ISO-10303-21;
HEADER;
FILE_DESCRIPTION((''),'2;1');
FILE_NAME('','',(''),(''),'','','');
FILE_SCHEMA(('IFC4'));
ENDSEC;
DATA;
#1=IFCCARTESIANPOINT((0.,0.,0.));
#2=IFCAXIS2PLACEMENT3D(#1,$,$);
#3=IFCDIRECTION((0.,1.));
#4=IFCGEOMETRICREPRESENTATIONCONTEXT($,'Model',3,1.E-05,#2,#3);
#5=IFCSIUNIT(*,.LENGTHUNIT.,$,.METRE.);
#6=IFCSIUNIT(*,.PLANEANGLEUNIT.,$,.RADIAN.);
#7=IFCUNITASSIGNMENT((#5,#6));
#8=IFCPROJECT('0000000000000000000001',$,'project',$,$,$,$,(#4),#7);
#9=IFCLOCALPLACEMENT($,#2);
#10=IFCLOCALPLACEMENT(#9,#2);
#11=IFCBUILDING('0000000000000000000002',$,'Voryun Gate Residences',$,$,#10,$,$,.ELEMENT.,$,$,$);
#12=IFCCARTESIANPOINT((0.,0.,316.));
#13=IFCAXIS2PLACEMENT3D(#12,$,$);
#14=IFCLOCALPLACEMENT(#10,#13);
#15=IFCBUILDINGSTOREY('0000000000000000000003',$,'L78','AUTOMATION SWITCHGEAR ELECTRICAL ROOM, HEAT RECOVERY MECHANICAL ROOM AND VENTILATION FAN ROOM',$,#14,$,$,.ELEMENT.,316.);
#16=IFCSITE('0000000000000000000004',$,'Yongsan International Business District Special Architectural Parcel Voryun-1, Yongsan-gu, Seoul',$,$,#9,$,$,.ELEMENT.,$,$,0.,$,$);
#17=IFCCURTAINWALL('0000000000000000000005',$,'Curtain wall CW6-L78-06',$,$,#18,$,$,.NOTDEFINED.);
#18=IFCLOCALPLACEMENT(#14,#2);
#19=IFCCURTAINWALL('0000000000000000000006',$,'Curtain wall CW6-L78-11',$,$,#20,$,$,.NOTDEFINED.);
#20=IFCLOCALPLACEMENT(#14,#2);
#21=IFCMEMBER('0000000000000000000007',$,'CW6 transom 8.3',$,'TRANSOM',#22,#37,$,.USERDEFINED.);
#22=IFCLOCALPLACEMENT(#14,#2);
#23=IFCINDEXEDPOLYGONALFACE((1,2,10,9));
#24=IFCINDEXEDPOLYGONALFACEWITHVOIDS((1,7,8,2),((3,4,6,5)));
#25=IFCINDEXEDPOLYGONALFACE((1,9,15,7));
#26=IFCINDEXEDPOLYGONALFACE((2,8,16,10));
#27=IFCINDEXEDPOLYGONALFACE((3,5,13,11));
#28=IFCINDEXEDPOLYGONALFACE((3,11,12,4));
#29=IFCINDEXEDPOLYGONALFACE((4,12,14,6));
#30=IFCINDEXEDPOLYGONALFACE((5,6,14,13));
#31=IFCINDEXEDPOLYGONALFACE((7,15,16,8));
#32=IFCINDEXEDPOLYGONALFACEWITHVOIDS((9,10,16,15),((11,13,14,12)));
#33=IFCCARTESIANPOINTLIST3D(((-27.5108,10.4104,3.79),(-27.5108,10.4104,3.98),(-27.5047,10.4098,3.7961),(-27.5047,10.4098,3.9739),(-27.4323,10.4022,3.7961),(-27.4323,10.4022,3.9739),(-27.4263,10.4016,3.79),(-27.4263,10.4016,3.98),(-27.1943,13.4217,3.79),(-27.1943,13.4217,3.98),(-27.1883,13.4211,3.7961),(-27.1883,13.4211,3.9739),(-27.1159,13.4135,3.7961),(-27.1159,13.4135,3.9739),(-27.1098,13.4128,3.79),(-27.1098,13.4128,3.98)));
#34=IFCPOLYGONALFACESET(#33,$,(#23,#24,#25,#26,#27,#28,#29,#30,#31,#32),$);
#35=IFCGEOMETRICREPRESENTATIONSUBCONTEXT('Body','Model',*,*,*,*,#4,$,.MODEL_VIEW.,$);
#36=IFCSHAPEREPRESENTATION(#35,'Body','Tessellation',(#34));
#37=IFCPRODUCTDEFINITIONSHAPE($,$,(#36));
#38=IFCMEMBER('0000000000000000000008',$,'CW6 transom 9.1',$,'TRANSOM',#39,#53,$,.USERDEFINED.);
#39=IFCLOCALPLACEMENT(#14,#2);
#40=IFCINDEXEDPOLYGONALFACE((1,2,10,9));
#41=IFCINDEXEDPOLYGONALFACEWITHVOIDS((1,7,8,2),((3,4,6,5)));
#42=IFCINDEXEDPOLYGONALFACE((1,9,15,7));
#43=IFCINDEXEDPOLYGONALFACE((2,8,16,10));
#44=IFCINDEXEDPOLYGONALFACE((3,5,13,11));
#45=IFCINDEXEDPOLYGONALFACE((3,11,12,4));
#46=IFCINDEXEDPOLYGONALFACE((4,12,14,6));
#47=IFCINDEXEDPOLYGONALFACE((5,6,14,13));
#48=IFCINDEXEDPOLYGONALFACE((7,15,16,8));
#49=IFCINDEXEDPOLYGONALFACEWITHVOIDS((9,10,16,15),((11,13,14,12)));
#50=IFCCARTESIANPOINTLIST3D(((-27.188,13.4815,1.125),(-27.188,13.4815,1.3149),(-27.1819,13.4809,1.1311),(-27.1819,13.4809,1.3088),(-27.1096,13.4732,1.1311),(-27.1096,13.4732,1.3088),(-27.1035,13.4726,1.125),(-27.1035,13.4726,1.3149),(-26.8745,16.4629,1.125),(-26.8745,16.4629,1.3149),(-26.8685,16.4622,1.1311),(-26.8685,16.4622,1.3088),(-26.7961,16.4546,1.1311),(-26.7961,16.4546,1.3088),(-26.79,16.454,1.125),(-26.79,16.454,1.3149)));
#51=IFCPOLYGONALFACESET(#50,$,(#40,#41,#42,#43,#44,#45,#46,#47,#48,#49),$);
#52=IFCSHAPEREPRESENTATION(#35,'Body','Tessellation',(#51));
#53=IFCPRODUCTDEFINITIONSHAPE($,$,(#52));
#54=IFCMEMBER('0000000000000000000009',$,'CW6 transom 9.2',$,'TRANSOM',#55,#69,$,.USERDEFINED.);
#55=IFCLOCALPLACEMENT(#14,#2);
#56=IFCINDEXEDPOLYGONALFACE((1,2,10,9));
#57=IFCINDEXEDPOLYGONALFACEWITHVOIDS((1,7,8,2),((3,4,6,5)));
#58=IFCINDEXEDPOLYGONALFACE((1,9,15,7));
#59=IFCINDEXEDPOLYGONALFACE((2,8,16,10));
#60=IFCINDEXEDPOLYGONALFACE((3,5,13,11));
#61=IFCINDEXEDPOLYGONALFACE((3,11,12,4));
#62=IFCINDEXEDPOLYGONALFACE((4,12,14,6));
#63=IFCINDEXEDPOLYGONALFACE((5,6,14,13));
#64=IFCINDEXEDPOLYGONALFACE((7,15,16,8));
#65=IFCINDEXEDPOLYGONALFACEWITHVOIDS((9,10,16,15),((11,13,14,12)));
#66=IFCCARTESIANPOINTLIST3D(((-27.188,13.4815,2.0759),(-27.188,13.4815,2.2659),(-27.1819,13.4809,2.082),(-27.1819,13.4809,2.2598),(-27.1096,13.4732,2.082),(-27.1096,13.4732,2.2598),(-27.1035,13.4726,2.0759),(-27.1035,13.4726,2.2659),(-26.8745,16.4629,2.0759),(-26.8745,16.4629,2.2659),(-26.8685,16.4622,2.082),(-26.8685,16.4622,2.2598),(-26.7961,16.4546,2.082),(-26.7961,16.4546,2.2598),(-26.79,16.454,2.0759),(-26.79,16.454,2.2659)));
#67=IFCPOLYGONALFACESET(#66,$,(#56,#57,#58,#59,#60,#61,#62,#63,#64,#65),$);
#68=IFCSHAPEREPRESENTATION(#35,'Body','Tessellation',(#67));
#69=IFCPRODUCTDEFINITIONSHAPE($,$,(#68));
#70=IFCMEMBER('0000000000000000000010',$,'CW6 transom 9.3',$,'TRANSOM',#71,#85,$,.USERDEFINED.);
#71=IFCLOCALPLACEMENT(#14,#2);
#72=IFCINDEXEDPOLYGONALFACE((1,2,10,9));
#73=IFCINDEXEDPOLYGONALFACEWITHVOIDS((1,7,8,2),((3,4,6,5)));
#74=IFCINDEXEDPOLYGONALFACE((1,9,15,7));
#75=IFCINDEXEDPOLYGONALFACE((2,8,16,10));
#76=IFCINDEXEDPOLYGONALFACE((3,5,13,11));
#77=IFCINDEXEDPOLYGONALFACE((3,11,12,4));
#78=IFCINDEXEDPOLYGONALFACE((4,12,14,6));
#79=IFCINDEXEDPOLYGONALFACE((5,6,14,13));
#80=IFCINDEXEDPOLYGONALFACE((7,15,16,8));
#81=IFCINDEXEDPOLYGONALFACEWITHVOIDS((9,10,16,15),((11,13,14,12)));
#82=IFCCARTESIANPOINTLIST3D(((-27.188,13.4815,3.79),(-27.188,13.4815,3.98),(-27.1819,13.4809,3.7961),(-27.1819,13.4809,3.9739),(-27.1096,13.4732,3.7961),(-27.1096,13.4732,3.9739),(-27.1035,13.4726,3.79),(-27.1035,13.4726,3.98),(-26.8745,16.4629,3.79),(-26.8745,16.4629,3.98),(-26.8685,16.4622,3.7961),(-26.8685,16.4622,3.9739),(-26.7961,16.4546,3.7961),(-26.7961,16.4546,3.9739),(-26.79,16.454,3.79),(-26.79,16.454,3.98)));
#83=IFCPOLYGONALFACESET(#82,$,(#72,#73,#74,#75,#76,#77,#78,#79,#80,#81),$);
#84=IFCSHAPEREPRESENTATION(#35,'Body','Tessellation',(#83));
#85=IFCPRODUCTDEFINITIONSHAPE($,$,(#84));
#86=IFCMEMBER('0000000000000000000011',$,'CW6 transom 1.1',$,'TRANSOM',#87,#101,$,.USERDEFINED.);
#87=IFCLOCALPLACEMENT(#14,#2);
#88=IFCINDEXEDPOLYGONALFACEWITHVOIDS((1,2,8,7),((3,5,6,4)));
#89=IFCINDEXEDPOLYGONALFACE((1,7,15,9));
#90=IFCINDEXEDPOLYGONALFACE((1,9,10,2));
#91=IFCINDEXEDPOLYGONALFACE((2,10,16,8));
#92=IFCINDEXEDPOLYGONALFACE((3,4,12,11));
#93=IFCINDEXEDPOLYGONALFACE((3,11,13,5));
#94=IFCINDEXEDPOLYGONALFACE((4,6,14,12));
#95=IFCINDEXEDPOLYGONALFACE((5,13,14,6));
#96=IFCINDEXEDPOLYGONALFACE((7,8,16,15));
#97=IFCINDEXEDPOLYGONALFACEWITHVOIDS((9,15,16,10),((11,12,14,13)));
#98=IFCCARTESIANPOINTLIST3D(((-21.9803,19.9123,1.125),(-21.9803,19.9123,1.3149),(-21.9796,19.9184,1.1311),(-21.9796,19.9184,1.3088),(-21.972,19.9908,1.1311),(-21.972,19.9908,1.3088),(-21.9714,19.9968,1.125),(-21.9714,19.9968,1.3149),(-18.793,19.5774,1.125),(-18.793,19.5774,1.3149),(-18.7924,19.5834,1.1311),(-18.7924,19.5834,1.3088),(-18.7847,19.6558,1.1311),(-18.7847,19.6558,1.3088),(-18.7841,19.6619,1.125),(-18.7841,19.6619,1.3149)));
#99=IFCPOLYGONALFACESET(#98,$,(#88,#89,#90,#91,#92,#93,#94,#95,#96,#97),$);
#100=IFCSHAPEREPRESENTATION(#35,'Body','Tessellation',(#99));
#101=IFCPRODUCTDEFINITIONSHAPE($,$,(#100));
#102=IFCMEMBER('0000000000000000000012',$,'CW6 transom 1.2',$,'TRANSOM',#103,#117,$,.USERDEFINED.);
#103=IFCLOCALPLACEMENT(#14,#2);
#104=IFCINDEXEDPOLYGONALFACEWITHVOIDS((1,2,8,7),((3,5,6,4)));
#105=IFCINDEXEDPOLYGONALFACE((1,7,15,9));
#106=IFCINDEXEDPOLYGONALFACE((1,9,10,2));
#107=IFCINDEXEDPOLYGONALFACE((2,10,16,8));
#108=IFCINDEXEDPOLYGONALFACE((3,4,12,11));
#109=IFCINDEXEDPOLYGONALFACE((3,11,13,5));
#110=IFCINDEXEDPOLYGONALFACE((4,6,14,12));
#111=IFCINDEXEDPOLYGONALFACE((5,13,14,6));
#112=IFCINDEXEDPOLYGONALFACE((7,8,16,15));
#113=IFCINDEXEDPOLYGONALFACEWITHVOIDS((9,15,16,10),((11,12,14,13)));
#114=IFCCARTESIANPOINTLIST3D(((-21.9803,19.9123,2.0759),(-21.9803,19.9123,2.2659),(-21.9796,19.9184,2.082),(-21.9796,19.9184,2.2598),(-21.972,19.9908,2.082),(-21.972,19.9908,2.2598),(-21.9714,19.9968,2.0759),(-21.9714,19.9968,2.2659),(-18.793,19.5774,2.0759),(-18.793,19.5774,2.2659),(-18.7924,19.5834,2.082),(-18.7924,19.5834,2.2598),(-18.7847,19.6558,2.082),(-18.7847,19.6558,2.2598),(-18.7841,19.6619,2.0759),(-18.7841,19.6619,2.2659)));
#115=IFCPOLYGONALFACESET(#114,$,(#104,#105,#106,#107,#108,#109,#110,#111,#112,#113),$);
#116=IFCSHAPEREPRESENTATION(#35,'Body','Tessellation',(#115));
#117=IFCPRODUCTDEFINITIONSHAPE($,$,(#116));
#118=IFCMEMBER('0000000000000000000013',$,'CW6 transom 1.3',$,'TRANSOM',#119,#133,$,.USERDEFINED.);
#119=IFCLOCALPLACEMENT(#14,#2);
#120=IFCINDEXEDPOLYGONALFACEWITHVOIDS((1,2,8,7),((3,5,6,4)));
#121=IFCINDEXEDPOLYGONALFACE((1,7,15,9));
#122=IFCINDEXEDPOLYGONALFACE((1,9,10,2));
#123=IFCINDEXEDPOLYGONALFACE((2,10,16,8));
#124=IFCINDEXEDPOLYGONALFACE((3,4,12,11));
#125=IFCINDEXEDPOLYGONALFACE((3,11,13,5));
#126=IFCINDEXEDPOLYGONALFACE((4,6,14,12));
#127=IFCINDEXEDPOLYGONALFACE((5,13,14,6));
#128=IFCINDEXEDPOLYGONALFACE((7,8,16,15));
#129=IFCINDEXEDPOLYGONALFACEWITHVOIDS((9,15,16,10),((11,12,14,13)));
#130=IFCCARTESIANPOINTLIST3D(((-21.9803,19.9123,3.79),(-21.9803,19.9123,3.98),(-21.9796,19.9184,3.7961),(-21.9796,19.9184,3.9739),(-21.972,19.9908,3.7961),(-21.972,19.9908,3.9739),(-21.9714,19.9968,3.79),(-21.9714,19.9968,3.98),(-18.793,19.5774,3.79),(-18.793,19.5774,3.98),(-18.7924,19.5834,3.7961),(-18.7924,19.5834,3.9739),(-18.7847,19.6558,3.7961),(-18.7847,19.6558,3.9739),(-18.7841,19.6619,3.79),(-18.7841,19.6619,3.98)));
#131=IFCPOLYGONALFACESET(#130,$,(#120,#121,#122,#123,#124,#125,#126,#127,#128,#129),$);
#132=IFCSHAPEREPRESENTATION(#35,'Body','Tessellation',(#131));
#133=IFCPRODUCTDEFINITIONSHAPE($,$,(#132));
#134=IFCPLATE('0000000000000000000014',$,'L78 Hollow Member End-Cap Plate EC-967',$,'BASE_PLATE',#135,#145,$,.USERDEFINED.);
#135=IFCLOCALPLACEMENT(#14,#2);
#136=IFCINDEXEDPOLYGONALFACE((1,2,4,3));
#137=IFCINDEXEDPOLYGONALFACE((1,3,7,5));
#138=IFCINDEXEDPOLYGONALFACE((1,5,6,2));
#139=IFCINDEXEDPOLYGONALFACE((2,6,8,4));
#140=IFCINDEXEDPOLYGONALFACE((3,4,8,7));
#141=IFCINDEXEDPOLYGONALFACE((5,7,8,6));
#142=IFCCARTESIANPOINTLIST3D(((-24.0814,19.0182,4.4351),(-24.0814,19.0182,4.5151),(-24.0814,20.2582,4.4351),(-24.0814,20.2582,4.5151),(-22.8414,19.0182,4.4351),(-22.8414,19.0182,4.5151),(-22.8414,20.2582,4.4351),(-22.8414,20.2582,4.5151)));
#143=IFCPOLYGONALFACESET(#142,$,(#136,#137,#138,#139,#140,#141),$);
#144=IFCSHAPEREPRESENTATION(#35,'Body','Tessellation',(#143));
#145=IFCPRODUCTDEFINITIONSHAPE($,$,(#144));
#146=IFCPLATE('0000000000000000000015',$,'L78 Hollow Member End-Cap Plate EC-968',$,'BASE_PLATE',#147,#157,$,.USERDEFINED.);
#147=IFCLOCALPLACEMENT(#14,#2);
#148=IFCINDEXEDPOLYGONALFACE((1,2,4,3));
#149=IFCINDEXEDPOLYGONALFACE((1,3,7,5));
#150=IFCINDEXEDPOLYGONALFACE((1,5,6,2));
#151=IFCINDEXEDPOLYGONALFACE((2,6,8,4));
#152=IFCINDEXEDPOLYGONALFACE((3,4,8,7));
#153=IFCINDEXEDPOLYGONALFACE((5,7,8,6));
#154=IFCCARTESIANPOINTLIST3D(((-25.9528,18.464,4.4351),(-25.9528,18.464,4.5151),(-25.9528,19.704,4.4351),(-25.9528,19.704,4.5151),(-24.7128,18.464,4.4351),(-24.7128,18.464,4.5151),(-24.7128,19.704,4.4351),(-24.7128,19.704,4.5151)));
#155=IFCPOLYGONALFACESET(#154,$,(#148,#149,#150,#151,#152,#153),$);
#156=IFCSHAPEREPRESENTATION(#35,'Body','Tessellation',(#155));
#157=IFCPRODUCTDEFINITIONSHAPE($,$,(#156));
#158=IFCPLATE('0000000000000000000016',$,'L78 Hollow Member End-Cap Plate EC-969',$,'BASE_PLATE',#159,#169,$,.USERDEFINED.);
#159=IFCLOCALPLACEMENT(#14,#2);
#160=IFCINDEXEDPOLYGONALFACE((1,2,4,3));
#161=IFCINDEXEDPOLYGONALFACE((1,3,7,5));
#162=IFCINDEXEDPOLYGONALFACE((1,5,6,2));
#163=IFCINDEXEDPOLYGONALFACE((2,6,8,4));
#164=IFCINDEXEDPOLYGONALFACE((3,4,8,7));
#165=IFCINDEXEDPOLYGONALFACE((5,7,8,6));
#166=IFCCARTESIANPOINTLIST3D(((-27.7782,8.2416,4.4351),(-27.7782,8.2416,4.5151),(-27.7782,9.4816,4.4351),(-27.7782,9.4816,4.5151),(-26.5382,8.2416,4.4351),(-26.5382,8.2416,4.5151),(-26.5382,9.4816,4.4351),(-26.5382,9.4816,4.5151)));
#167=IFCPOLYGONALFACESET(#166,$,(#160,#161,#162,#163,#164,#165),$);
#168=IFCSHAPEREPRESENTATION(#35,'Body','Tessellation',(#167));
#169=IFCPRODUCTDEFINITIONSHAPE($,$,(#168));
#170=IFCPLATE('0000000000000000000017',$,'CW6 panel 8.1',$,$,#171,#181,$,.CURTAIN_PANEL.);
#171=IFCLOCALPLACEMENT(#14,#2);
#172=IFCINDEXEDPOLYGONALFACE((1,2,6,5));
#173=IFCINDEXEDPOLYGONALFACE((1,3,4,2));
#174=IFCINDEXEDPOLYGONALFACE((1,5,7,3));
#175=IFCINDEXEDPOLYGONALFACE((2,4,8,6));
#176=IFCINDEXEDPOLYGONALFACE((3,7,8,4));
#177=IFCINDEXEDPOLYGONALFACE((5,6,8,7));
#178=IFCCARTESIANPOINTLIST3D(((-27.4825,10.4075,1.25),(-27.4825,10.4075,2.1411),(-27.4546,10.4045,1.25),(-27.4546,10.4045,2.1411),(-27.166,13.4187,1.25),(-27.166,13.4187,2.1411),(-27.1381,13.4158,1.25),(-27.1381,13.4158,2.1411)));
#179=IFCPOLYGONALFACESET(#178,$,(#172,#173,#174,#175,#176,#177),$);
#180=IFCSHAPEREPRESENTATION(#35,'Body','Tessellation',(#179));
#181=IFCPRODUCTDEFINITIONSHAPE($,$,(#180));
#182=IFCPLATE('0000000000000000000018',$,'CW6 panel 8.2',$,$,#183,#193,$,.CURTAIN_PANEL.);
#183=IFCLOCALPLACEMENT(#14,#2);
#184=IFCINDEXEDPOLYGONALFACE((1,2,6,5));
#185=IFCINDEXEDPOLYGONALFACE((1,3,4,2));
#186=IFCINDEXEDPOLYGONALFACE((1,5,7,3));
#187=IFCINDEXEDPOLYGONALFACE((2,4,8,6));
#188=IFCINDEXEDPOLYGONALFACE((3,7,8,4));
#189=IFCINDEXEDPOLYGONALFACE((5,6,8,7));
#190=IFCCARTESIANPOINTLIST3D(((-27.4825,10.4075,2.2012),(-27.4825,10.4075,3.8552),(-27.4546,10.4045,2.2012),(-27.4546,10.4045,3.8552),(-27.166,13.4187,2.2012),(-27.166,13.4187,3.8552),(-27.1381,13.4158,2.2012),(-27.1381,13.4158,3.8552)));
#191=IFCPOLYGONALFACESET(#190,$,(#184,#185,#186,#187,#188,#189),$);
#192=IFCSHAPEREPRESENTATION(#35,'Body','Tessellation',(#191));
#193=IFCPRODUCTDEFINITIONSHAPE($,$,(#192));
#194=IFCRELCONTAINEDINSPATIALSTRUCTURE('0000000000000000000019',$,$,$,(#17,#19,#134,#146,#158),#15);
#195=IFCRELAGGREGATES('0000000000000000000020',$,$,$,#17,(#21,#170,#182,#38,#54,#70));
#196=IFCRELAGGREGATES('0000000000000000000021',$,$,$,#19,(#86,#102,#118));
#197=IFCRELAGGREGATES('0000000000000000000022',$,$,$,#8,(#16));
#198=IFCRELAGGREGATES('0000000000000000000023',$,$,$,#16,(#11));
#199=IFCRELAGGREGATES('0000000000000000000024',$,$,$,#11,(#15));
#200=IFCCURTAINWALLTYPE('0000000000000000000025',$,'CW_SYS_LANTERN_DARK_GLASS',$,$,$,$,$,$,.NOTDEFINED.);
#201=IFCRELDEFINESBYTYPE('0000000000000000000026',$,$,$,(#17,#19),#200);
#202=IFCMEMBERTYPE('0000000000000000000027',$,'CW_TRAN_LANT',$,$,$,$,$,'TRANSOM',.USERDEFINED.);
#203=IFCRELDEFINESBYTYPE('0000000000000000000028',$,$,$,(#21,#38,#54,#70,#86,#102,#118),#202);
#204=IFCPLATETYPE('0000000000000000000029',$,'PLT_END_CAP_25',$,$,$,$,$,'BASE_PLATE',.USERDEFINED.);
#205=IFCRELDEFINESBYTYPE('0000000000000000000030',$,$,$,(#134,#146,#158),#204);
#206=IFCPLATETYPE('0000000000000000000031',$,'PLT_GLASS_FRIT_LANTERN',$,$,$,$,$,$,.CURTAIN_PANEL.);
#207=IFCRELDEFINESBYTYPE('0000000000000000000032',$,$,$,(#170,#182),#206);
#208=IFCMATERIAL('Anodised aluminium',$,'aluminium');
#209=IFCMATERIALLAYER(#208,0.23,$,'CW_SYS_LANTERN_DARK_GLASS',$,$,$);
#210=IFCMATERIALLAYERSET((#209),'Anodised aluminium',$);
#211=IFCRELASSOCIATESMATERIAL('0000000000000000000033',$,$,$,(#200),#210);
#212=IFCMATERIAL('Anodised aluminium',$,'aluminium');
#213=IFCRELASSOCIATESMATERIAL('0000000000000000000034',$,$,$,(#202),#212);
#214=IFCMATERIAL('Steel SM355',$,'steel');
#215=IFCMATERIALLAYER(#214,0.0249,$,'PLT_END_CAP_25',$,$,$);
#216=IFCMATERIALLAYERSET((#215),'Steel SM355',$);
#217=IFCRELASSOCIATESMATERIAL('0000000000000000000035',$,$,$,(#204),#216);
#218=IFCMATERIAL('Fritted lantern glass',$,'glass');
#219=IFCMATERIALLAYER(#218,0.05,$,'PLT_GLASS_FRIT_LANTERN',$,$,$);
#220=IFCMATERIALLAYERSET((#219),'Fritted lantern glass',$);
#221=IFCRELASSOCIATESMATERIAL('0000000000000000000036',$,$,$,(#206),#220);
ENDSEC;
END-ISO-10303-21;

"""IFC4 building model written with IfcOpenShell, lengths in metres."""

from ifc_helpers import new_model, si_unit, direction, frame, origin, origin_2d, place, context, subcontext, project, spatial, rectangle, hollow_rectangle, extrude, material, layer, layer_set, material_profile, profile_set, type_object, element, aggregate, save


model = new_model("IFC4")

# Units and contexts
model_context = context("Model", 3, precision=1e-05, world=origin(), true_north=direction((0.0, 1.0)))
body_context = subcontext(model_context, "Body", "Model", "MODEL_VIEW")
ifc_project = project(units=[si_unit("LENGTHUNIT", "METRE"), si_unit("PLANEANGLEUNIT", "RADIAN")], contexts=[model_context])

# Site, building, storey
site_placement = place(None, origin())
site = spatial("IfcSite", under=ifc_project, at=site_placement, Name="Yongsan International Business District Special Architectural Parcel Voryun-1, Yongsan-gu, Seoul", CompositionType="ELEMENT", RefElevation=0.0)
building_placement = place(site_placement, origin())
building = spatial("IfcBuilding", under=site, at=building_placement, Name="Voryun Gate Residences", CompositionType="ELEMENT")
storey_placement = place(building_placement, frame((0.0, 0.0, 316.0)))
storey = spatial("IfcBuildingStorey", under=building, at=storey_placement, Name="L78", Description="AUTOMATION SWITCHGEAR ELECTRICAL ROOM, HEAT RECOVERY MECHANICAL ROOM AND VENTILATION FAN ROOM", CompositionType="ELEMENT", Elevation=316.0)

# Curtain wall
ifc_material_1 = material(Name="Anodised aluminium", Category="aluminium")
ifc_layer_1 = layer(ifc_material_1, 0.23, Name="CW_SYS_LANTERN_DARK_GLASS")
ifc_layer_set_1 = layer_set([ifc_layer_1], Name="Anodised aluminium")
curtain_wall_type = type_object("IfcCurtainWallType", Name="CW_SYS_LANTERN_DARK_GLASS", PredefinedType="NOTDEFINED", material=ifc_layer_set_1)
curtain_wall_1_placement = place(storey_placement, origin())
curtain_wall_1 = element("IfcCurtainWall", 1, at=curtain_wall_1_placement, inside=storey, type_object=curtain_wall_type, Name="Curtain wall CW6-L78-06", PredefinedType="NOTDEFINED")

# Curtain wall
curtain_wall_2_placement = place(storey_placement, origin())
curtain_wall_2 = element("IfcCurtainWall", 2, at=curtain_wall_2_placement, inside=storey, type_object=curtain_wall_type, Name="Curtain wall CW6-L78-11", PredefinedType="NOTDEFINED")

# Members
ifc_material_2 = material(Name="Anodised aluminium", Category="aluminium")
ifc_material_profile_1 = material_profile(ifc_material_2, hollow_rectangle(XDim=0.085, YDim=0.1899, WallThickness=0.0061, at=origin_2d()), Name="ALU-TRAN-190x85x6")
ifc_profile_set_1 = profile_set([ifc_material_profile_1], Name="Anodised aluminium")
member_type_1 = type_object("IfcMemberType", Name="CW_TRAN_LANT", ElementType="TRANSOM", PredefinedType="USERDEFINED", material=ifc_profile_set_1)
member_1_placement = place(storey_placement, frame((-27.4685, 10.406, 3.885), z_axis=(0.1045, 0.994525, 0.0), x_axis=(-0.994525, 0.1045, 0.0)))
member_1 = element("IfcMember", 3, at=member_1_placement, type_object=member_type_1, Name="CW6 transom 8.3", ObjectType="TRANSOM", PredefinedType="USERDEFINED", context=body_context, shape_type="SweptSolid", body=[
    extrude(hollow_rectangle(XDim=0.085, YDim=0.1899, WallThickness=0.0061, at=origin_2d()), origin(), (0.0, 0.0, 1.0), 3.0278),
])
member_2_placement = place(storey_placement, frame((-27.1458, 13.4771, 1.22), z_axis=(0.104566, 0.994518, 0.0), x_axis=(-0.994518, 0.104566, 0.0)))
member_2 = element("IfcMember", 4, at=member_2_placement, type_object=member_type_1, Name="CW6 transom 9.1", ObjectType="TRANSOM", PredefinedType="USERDEFINED", context=body_context, shape_type="SweptSolid", body=[
    extrude(hollow_rectangle(XDim=0.085, YDim=0.1899, WallThickness=0.0061, at=origin_2d()), origin(), (0.0, 0.0, 1.0), 2.9978),
])
member_3_placement = place(storey_placement, frame((-27.1458, 13.4771, 2.1709), z_axis=(0.104566, 0.994518, 0.0), x_axis=(-0.994518, 0.104566, 0.0)))
member_3 = element("IfcMember", 5, at=member_3_placement, type_object=member_type_1, Name="CW6 transom 9.2", ObjectType="TRANSOM", PredefinedType="USERDEFINED", context=body_context, shape_type="SweptSolid", body=[
    extrude(hollow_rectangle(XDim=0.085, YDim=0.1899, WallThickness=0.0061, at=origin_2d()), origin(), (0.0, 0.0, 1.0), 2.9978),
])
member_4_placement = place(storey_placement, frame((-27.1458, 13.4771, 3.885), z_axis=(0.104566, 0.994518, 0.0), x_axis=(-0.994518, 0.104566, 0.0)))
member_4 = element("IfcMember", 6, at=member_4_placement, type_object=member_type_1, Name="CW6 transom 9.3", ObjectType="TRANSOM", PredefinedType="USERDEFINED", context=body_context, shape_type="SweptSolid", body=[
    extrude(hollow_rectangle(XDim=0.085, YDim=0.1899, WallThickness=0.0061, at=origin_2d()), origin(), (0.0, 0.0, 1.0), 2.9978),
])
member_5_placement = place(storey_placement, frame((-21.9758, 19.9546, 1.22), z_axis=(0.994523, -0.104518, 0.0), x_axis=(0.104518, 0.994523, 0.0)))
member_5 = element("IfcMember", 7, at=member_5_placement, type_object=member_type_1, Name="CW6 transom 1.1", ObjectType="TRANSOM", PredefinedType="USERDEFINED", context=body_context, shape_type="SweptSolid", body=[
    extrude(hollow_rectangle(XDim=0.085, YDim=0.1899, WallThickness=0.0061, at=origin_2d()), origin(), (0.0, 0.0, 1.0), 3.2048),
])
member_6_placement = place(storey_placement, frame((-21.9758, 19.9546, 2.1709), z_axis=(0.994523, -0.104518, 0.0), x_axis=(0.104518, 0.994523, 0.0)))
member_6 = element("IfcMember", 8, at=member_6_placement, type_object=member_type_1, Name="CW6 transom 1.2", ObjectType="TRANSOM", PredefinedType="USERDEFINED", context=body_context, shape_type="SweptSolid", body=[
    extrude(hollow_rectangle(XDim=0.085, YDim=0.1899, WallThickness=0.0061, at=origin_2d()), origin(), (0.0, 0.0, 1.0), 3.2048),
])
member_7_placement = place(storey_placement, frame((-21.9758, 19.9546, 3.885), z_axis=(0.994523, -0.104518, 0.0), x_axis=(0.104518, 0.994523, 0.0)))
member_7 = element("IfcMember", 9, at=member_7_placement, type_object=member_type_1, Name="CW6 transom 1.3", ObjectType="TRANSOM", PredefinedType="USERDEFINED", context=body_context, shape_type="SweptSolid", body=[
    extrude(hollow_rectangle(XDim=0.085, YDim=0.1899, WallThickness=0.0061, at=origin_2d()), origin(), (0.0, 0.0, 1.0), 3.2048),
])

# Plates
ifc_material_3 = material(Name="Steel SM355", Category="steel")
ifc_layer_2 = layer(ifc_material_3, 0.0249, Name="PLT_END_CAP_25")
ifc_layer_set_2 = layer_set([ifc_layer_2], Name="Steel SM355")
plate_type_1 = type_object("IfcPlateType", Name="PLT_END_CAP_25", ElementType="BASE_PLATE", PredefinedType="USERDEFINED", material=ifc_layer_set_2)
for number, where, z_axis, x_axis, name in (
    (10, (-23.4614, 19.6382, 4.4351), (0.0, 0.0, 1.0), (1.0, 0.0, 0.0), "L78 Hollow Member End-Cap Plate EC-967"),
    (11, (-25.3328, 19.084, 4.4351), (0.0, 0.0, 1.0), (1.0, 0.0, 0.0), "L78 Hollow Member End-Cap Plate EC-968"),
    (12, (-27.1582, 8.8616, 4.4351), (0.0, 0.0, 1.0), (1.0, 0.0, 0.0), "L78 Hollow Member End-Cap Plate EC-969"),
):
    element("IfcPlate", number, at=place(storey_placement, frame(where, z_axis=z_axis, x_axis=x_axis)), inside=storey, type_object=plate_type_1, Name=name, ObjectType="BASE_PLATE", PredefinedType="USERDEFINED", context=body_context, shape_type="SweptSolid", body=[
        extrude(rectangle(XDim=1.24, YDim=1.24, at=origin_2d()), origin(), (0.0, 0.0, 1.0), 0.0801),
    ])

# Plates
ifc_material_4 = material(Name="Fritted lantern glass", Category="glass")
ifc_layer_3 = layer(ifc_material_4, 0.05, Name="PLT_GLASS_FRIT_LANTERN")
ifc_layer_set_3 = layer_set([ifc_layer_3], Name="Fritted lantern glass")
plate_type_2 = type_object("IfcPlateType", Name="PLT_GLASS_FRIT_LANTERN", PredefinedType="CURTAIN_PANEL", material=ifc_layer_set_3)
plate_1_placement = place(storey_placement, frame((-27.3103, 11.9116, 1.25), z_axis=(0.0, 0.0, 1.0), x_axis=(0.104528, 0.994522, 0.0)))
plate_1 = element("IfcPlate", 13, at=plate_1_placement, type_object=plate_type_2, Name="CW6 panel 8.1", PredefinedType="CURTAIN_PANEL", context=body_context, shape_type="SweptSolid", body=[
    extrude(rectangle(XDim=3.0278, YDim=0.0281, at=origin_2d()), origin(), (0.0, 0.0, 1.0), 0.8911),
])
plate_2_placement = place(storey_placement, frame((-27.3103, 11.9116, 2.2012), z_axis=(0.0, 0.0, 1.0), x_axis=(0.104528, 0.994522, 0.0)))
plate_2 = element("IfcPlate", 14, at=plate_2_placement, type_object=plate_type_2, Name="CW6 panel 8.2", PredefinedType="CURTAIN_PANEL", context=body_context, shape_type="SweptSolid", body=[
    extrude(rectangle(XDim=3.0278, YDim=0.0281, at=origin_2d()), origin(), (0.0, 0.0, 1.0), 1.6541),
])
aggregate(curtain_wall_1, [member_1, plate_1, plate_2, member_2, member_3, member_4])
aggregate(curtain_wall_2, [member_5, member_6, member_7])

save(model, "model.ifc")
